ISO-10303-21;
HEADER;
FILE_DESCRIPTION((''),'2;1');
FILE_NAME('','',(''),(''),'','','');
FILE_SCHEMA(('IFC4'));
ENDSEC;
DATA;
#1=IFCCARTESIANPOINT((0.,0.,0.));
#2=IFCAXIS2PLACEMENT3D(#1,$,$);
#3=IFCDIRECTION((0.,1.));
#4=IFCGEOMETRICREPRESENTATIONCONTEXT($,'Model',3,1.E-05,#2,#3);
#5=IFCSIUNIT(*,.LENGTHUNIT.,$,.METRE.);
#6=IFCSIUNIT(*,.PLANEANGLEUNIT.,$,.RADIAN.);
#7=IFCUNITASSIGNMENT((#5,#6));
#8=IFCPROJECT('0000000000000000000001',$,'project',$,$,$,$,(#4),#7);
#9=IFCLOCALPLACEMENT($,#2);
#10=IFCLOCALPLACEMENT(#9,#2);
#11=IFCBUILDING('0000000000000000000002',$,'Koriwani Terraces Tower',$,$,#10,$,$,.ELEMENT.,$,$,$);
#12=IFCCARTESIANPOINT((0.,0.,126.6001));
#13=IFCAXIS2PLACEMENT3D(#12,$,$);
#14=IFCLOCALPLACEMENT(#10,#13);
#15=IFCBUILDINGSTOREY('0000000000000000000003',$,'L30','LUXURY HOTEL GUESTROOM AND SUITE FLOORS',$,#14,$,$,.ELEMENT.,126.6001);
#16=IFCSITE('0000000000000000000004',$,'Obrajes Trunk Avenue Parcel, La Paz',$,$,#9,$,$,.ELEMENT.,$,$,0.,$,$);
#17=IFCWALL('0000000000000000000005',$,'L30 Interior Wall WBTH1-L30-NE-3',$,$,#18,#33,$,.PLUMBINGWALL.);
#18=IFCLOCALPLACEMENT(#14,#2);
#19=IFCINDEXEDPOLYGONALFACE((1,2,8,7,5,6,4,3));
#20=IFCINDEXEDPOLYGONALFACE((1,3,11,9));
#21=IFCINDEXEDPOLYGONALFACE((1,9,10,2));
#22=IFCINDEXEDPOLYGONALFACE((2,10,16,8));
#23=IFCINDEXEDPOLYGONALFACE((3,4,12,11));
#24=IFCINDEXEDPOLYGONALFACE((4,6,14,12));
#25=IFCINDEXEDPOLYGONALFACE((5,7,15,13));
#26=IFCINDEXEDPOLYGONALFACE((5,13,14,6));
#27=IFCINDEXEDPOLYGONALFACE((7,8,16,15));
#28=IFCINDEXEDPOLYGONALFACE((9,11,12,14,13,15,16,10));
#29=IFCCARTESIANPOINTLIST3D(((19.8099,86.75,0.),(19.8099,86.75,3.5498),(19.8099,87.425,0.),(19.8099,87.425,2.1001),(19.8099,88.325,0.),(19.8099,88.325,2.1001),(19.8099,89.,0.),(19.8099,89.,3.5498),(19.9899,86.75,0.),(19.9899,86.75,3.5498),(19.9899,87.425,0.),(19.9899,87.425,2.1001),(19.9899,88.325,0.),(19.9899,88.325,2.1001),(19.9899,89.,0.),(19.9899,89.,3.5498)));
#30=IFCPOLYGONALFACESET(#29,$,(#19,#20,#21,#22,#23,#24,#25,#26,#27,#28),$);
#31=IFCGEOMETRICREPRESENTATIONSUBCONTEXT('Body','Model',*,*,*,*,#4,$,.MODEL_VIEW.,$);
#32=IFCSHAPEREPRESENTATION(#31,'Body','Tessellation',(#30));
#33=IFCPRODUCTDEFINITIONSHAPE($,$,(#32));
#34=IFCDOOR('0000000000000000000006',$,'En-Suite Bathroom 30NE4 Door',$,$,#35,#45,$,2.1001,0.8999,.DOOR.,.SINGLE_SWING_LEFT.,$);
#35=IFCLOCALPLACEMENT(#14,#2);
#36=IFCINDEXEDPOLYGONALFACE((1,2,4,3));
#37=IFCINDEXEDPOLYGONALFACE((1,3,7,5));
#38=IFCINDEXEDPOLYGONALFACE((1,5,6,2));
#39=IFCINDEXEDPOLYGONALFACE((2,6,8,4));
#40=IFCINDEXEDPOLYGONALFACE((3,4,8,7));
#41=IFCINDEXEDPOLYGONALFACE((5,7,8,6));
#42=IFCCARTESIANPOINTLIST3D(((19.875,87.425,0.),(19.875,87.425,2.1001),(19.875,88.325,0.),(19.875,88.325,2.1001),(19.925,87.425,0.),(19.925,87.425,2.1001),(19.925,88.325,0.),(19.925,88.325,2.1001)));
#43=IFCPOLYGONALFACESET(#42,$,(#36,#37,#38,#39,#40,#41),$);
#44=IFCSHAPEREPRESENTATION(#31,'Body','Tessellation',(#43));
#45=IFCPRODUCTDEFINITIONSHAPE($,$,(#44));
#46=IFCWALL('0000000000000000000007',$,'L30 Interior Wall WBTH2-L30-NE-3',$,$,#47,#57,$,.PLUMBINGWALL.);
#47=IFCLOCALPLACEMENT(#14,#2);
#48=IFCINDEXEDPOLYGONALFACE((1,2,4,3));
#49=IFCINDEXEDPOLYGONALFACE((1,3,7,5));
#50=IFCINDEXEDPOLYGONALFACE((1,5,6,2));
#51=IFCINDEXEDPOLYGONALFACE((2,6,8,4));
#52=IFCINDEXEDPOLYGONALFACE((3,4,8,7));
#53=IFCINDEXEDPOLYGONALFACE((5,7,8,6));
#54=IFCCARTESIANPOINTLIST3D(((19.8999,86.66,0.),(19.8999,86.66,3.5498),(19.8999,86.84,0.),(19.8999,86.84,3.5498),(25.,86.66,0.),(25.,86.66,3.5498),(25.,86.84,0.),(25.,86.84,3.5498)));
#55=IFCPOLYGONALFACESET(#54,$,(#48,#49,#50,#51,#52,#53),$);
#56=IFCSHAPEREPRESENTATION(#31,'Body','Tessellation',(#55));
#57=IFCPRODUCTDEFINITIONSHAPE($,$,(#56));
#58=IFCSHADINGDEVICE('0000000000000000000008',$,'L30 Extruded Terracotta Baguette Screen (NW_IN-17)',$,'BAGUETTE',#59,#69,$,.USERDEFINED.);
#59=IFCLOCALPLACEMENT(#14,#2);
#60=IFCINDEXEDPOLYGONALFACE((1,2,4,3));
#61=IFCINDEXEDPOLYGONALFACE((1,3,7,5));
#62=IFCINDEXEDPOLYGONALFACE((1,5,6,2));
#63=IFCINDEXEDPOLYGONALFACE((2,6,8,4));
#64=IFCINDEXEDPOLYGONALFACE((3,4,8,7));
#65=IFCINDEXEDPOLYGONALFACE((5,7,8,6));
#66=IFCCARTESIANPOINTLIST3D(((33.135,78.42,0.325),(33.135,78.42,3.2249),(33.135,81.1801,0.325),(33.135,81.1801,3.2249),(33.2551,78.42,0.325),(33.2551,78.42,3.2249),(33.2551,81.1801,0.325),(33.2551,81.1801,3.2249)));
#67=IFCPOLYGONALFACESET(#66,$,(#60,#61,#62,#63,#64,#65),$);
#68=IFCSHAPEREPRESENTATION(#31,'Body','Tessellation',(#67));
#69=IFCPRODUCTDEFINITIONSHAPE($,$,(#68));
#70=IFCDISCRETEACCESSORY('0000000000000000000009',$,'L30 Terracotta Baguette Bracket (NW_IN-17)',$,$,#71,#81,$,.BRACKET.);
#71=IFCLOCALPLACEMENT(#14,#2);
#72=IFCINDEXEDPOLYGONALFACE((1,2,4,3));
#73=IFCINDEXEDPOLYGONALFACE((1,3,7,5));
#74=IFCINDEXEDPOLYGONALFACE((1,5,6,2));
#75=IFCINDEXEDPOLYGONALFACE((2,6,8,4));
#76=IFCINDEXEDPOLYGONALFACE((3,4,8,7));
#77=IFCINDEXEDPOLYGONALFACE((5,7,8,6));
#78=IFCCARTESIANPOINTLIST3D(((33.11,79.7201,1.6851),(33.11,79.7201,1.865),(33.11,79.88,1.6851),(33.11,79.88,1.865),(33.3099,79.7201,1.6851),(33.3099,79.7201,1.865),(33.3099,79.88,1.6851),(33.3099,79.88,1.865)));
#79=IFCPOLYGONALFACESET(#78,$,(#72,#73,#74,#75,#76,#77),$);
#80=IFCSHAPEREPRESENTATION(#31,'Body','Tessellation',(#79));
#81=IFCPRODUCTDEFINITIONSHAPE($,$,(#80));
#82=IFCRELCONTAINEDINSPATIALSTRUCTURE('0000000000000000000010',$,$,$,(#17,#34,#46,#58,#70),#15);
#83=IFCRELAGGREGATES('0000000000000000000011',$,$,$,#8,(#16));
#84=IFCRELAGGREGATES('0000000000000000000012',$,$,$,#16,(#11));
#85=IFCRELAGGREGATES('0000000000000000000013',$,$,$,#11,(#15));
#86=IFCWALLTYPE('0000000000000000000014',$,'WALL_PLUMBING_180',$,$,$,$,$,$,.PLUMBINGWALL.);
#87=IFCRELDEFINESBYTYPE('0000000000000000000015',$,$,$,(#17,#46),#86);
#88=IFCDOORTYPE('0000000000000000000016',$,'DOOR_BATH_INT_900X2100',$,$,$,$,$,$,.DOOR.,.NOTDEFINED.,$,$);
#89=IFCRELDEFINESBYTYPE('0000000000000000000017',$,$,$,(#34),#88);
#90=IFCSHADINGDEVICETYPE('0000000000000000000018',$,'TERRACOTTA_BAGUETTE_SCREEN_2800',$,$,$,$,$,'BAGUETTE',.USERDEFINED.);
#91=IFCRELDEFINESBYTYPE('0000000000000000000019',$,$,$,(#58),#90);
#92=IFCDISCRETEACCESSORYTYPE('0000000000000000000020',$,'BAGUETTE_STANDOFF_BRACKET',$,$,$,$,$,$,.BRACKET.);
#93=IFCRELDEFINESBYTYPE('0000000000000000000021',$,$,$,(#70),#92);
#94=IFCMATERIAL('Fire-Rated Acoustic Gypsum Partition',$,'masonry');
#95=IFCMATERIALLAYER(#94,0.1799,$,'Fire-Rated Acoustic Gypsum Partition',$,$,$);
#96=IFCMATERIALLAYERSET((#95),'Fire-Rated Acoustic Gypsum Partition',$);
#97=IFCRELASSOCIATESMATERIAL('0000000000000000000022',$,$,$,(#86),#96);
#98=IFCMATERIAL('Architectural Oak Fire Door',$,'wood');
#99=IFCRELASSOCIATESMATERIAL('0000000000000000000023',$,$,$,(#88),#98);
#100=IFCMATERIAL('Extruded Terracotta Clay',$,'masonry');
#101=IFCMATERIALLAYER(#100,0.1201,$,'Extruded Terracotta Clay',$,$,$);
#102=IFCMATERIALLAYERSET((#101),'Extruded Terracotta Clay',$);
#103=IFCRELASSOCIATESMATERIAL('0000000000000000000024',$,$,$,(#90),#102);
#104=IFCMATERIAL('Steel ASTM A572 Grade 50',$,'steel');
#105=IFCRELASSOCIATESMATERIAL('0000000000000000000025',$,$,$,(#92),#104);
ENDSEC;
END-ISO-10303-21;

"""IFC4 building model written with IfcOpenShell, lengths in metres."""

from ifc_helpers import new_model, si_unit, direction, frame, frame_2d, origin, origin_2d, place, context, subcontext, project, spatial, rectangle, extrude, material, layer, layer_set, type_object, element, fill, save


model = new_model("IFC4")

# Units and contexts
model_context = context("Model", 3, precision=1e-05, world=origin(), true_north=direction((0.0, 1.0)))
body_context = subcontext(model_context, "Body", "Model", "MODEL_VIEW")
ifc_project = project(units=[si_unit("LENGTHUNIT", "METRE"), si_unit("PLANEANGLEUNIT", "RADIAN")], contexts=[model_context])

# Site, building, storey
site_placement = place(None, origin())
site = spatial("IfcSite", under=ifc_project, at=site_placement, Name="Obrajes Trunk Avenue Parcel, La Paz", CompositionType="ELEMENT", RefElevation=0.0)
building_placement = place(site_placement, origin())
building = spatial("IfcBuilding", under=site, at=building_placement, Name="Koriwani Terraces Tower", CompositionType="ELEMENT")
storey_placement = place(building_placement, frame((0.0, 0.0, 126.6001)))
storey = spatial("IfcBuildingStorey", under=building, at=storey_placement, Name="L30", Description="LUXURY HOTEL GUESTROOM AND SUITE FLOORS", CompositionType="ELEMENT", Elevation=126.6001)

# Shared definitions
ifc_material_1 = material(Name="Steel ASTM A572 Grade 50", Category="steel")

# Shared definitions
ifc_material_2 = material(Name="Fire-Rated Acoustic Gypsum Partition", Category="masonry")
ifc_layer_1 = layer(ifc_material_2, 0.1799, Name="Fire-Rated Acoustic Gypsum Partition")
ifc_layer_set_1 = layer_set([ifc_layer_1], Name="Fire-Rated Acoustic Gypsum Partition")
wall_type = type_object("IfcWallType", Name="WALL_PLUMBING_180", PredefinedType="PLUMBINGWALL", material=ifc_layer_set_1)
ifc_material_3 = material(Name="Architectural Oak Fire Door", Category="wood")
door_type = type_object("IfcDoorType", Name="DOOR_BATH_INT_900X2100", OperationType="NOTDEFINED", PredefinedType="DOOR", material=ifc_material_3)

# Wall, opening, door
wall_1_placement = place(storey_placement, frame((19.8999, 86.75, 0.0), z_axis=(0.0, 0.0, 1.0), x_axis=(0.0, 1.0, 0.0)))
wall_1 = element("IfcWall", 1, at=wall_1_placement, inside=storey, type_object=wall_type, Name="L30 Interior Wall WBTH1-L30-NE-3", PredefinedType="PLUMBINGWALL", context=body_context, shape_type="SweptSolid", body=[
    extrude(rectangle(XDim=2.25, YDim=0.1799, at=frame_2d((1.125, 0.0))), origin(), (0.0, 0.0, 1.0), 3.5498),
])
opening_1_placement = place(wall_1_placement, frame((0.675, 0.0, 0.0)))
opening_1 = element("IfcOpeningElement", 2, at=opening_1_placement, cuts=wall_1, PredefinedType="OPENING", context=body_context, shape_type="SweptSolid", body=[
    extrude(rectangle(XDim=0.8999, YDim=2.1001, at=frame_2d((0.45, 1.05))), frame((0.0, 0.1001, 0.0), z_axis=(0.0, -1.0, 0.0), x_axis=(1.0, 0.0, 0.0)), (0.0, 0.0, 1.0), 0.2),
])
door_1_placement = place(opening_1_placement, origin())
door_1 = element("IfcDoor", 3, at=door_1_placement, inside=storey, type_object=door_type, Name="En-Suite Bathroom 30NE4 Door", OperationType="SINGLE_SWING_LEFT", OverallHeight=2.1001, OverallWidth=0.8999, PredefinedType="DOOR", context=body_context, shape_type="SweptSolid", body=[
    extrude(rectangle(XDim=0.8999, YDim=2.1001, at=frame_2d((0.45, 1.05))), frame((0.0, 0.0249, 0.0), z_axis=(0.0, -1.0, 0.0), x_axis=(1.0, 0.0, 0.0)), (0.0, 0.0, 1.0), 0.05),
])
fill(opening_1, door_1)

# Wall
wall_2_placement = place(storey_placement, frame((19.8999, 86.75, 0.0), z_axis=(0.0, 0.0, 1.0), x_axis=(1.0, 0.0, 0.0)))
element("IfcWall", 4, at=wall_2_placement, inside=storey, type_object=wall_type, Name="L30 Interior Wall WBTH2-L30-NE-3", PredefinedType="PLUMBINGWALL", context=body_context, shape_type="SweptSolid", body=[
    extrude(rectangle(XDim=5.1001, YDim=0.1799, at=frame_2d((2.55, 0.0))), origin(), (0.0, 0.0, 1.0), 3.5498),
])

# Shading device
ifc_material_4 = material(Name="Extruded Terracotta Clay", Category="masonry")
ifc_layer_2 = layer(ifc_material_4, 0.1201, Name="Extruded Terracotta Clay")
ifc_layer_set_2 = layer_set([ifc_layer_2], Name="Extruded Terracotta Clay")
shading_device_type = type_object("IfcShadingDeviceType", Name="TERRACOTTA_BAGUETTE_SCREEN_2800", ElementType="BAGUETTE", PredefinedType="USERDEFINED", material=ifc_layer_set_2)
shading_device_placement = place(storey_placement, frame((33.1951, 79.8, 0.325), z_axis=(0.0, 0.0, 1.0), x_axis=(0.0, -1.0, 0.0)))
element("IfcShadingDevice", 5, at=shading_device_placement, inside=storey, type_object=shading_device_type, Name="L30 Extruded Terracotta Baguette Screen (NW_IN-17)", ObjectType="BAGUETTE", PredefinedType="USERDEFINED", context=body_context, shape_type="SweptSolid", body=[
    extrude(rectangle(XDim=2.76, YDim=0.1201, at=origin_2d()), origin(), (0.0, 0.0, 1.0), 2.8999),
])

# Discrete accessory
discrete_accessory_type = type_object("IfcDiscreteAccessoryType", Name="BAGUETTE_STANDOFF_BRACKET", PredefinedType="BRACKET", material=ifc_material_1)
discrete_accessory_placement = place(storey_placement, frame((33.21, 79.8, 1.6851), z_axis=(0.0, 0.0, 1.0), x_axis=(0.0, -1.0, 0.0)))
element("IfcDiscreteAccessory", 6, at=discrete_accessory_placement, inside=storey, type_object=discrete_accessory_type, Name="L30 Terracotta Baguette Bracket (NW_IN-17)", PredefinedType="BRACKET", context=body_context, shape_type="SweptSolid", body=[
    extrude(rectangle(XDim=0.1599, YDim=0.2, at=origin_2d()), origin(), (0.0, 0.0, 1.0), 0.1799),
])

save(model, "model.ifc")
